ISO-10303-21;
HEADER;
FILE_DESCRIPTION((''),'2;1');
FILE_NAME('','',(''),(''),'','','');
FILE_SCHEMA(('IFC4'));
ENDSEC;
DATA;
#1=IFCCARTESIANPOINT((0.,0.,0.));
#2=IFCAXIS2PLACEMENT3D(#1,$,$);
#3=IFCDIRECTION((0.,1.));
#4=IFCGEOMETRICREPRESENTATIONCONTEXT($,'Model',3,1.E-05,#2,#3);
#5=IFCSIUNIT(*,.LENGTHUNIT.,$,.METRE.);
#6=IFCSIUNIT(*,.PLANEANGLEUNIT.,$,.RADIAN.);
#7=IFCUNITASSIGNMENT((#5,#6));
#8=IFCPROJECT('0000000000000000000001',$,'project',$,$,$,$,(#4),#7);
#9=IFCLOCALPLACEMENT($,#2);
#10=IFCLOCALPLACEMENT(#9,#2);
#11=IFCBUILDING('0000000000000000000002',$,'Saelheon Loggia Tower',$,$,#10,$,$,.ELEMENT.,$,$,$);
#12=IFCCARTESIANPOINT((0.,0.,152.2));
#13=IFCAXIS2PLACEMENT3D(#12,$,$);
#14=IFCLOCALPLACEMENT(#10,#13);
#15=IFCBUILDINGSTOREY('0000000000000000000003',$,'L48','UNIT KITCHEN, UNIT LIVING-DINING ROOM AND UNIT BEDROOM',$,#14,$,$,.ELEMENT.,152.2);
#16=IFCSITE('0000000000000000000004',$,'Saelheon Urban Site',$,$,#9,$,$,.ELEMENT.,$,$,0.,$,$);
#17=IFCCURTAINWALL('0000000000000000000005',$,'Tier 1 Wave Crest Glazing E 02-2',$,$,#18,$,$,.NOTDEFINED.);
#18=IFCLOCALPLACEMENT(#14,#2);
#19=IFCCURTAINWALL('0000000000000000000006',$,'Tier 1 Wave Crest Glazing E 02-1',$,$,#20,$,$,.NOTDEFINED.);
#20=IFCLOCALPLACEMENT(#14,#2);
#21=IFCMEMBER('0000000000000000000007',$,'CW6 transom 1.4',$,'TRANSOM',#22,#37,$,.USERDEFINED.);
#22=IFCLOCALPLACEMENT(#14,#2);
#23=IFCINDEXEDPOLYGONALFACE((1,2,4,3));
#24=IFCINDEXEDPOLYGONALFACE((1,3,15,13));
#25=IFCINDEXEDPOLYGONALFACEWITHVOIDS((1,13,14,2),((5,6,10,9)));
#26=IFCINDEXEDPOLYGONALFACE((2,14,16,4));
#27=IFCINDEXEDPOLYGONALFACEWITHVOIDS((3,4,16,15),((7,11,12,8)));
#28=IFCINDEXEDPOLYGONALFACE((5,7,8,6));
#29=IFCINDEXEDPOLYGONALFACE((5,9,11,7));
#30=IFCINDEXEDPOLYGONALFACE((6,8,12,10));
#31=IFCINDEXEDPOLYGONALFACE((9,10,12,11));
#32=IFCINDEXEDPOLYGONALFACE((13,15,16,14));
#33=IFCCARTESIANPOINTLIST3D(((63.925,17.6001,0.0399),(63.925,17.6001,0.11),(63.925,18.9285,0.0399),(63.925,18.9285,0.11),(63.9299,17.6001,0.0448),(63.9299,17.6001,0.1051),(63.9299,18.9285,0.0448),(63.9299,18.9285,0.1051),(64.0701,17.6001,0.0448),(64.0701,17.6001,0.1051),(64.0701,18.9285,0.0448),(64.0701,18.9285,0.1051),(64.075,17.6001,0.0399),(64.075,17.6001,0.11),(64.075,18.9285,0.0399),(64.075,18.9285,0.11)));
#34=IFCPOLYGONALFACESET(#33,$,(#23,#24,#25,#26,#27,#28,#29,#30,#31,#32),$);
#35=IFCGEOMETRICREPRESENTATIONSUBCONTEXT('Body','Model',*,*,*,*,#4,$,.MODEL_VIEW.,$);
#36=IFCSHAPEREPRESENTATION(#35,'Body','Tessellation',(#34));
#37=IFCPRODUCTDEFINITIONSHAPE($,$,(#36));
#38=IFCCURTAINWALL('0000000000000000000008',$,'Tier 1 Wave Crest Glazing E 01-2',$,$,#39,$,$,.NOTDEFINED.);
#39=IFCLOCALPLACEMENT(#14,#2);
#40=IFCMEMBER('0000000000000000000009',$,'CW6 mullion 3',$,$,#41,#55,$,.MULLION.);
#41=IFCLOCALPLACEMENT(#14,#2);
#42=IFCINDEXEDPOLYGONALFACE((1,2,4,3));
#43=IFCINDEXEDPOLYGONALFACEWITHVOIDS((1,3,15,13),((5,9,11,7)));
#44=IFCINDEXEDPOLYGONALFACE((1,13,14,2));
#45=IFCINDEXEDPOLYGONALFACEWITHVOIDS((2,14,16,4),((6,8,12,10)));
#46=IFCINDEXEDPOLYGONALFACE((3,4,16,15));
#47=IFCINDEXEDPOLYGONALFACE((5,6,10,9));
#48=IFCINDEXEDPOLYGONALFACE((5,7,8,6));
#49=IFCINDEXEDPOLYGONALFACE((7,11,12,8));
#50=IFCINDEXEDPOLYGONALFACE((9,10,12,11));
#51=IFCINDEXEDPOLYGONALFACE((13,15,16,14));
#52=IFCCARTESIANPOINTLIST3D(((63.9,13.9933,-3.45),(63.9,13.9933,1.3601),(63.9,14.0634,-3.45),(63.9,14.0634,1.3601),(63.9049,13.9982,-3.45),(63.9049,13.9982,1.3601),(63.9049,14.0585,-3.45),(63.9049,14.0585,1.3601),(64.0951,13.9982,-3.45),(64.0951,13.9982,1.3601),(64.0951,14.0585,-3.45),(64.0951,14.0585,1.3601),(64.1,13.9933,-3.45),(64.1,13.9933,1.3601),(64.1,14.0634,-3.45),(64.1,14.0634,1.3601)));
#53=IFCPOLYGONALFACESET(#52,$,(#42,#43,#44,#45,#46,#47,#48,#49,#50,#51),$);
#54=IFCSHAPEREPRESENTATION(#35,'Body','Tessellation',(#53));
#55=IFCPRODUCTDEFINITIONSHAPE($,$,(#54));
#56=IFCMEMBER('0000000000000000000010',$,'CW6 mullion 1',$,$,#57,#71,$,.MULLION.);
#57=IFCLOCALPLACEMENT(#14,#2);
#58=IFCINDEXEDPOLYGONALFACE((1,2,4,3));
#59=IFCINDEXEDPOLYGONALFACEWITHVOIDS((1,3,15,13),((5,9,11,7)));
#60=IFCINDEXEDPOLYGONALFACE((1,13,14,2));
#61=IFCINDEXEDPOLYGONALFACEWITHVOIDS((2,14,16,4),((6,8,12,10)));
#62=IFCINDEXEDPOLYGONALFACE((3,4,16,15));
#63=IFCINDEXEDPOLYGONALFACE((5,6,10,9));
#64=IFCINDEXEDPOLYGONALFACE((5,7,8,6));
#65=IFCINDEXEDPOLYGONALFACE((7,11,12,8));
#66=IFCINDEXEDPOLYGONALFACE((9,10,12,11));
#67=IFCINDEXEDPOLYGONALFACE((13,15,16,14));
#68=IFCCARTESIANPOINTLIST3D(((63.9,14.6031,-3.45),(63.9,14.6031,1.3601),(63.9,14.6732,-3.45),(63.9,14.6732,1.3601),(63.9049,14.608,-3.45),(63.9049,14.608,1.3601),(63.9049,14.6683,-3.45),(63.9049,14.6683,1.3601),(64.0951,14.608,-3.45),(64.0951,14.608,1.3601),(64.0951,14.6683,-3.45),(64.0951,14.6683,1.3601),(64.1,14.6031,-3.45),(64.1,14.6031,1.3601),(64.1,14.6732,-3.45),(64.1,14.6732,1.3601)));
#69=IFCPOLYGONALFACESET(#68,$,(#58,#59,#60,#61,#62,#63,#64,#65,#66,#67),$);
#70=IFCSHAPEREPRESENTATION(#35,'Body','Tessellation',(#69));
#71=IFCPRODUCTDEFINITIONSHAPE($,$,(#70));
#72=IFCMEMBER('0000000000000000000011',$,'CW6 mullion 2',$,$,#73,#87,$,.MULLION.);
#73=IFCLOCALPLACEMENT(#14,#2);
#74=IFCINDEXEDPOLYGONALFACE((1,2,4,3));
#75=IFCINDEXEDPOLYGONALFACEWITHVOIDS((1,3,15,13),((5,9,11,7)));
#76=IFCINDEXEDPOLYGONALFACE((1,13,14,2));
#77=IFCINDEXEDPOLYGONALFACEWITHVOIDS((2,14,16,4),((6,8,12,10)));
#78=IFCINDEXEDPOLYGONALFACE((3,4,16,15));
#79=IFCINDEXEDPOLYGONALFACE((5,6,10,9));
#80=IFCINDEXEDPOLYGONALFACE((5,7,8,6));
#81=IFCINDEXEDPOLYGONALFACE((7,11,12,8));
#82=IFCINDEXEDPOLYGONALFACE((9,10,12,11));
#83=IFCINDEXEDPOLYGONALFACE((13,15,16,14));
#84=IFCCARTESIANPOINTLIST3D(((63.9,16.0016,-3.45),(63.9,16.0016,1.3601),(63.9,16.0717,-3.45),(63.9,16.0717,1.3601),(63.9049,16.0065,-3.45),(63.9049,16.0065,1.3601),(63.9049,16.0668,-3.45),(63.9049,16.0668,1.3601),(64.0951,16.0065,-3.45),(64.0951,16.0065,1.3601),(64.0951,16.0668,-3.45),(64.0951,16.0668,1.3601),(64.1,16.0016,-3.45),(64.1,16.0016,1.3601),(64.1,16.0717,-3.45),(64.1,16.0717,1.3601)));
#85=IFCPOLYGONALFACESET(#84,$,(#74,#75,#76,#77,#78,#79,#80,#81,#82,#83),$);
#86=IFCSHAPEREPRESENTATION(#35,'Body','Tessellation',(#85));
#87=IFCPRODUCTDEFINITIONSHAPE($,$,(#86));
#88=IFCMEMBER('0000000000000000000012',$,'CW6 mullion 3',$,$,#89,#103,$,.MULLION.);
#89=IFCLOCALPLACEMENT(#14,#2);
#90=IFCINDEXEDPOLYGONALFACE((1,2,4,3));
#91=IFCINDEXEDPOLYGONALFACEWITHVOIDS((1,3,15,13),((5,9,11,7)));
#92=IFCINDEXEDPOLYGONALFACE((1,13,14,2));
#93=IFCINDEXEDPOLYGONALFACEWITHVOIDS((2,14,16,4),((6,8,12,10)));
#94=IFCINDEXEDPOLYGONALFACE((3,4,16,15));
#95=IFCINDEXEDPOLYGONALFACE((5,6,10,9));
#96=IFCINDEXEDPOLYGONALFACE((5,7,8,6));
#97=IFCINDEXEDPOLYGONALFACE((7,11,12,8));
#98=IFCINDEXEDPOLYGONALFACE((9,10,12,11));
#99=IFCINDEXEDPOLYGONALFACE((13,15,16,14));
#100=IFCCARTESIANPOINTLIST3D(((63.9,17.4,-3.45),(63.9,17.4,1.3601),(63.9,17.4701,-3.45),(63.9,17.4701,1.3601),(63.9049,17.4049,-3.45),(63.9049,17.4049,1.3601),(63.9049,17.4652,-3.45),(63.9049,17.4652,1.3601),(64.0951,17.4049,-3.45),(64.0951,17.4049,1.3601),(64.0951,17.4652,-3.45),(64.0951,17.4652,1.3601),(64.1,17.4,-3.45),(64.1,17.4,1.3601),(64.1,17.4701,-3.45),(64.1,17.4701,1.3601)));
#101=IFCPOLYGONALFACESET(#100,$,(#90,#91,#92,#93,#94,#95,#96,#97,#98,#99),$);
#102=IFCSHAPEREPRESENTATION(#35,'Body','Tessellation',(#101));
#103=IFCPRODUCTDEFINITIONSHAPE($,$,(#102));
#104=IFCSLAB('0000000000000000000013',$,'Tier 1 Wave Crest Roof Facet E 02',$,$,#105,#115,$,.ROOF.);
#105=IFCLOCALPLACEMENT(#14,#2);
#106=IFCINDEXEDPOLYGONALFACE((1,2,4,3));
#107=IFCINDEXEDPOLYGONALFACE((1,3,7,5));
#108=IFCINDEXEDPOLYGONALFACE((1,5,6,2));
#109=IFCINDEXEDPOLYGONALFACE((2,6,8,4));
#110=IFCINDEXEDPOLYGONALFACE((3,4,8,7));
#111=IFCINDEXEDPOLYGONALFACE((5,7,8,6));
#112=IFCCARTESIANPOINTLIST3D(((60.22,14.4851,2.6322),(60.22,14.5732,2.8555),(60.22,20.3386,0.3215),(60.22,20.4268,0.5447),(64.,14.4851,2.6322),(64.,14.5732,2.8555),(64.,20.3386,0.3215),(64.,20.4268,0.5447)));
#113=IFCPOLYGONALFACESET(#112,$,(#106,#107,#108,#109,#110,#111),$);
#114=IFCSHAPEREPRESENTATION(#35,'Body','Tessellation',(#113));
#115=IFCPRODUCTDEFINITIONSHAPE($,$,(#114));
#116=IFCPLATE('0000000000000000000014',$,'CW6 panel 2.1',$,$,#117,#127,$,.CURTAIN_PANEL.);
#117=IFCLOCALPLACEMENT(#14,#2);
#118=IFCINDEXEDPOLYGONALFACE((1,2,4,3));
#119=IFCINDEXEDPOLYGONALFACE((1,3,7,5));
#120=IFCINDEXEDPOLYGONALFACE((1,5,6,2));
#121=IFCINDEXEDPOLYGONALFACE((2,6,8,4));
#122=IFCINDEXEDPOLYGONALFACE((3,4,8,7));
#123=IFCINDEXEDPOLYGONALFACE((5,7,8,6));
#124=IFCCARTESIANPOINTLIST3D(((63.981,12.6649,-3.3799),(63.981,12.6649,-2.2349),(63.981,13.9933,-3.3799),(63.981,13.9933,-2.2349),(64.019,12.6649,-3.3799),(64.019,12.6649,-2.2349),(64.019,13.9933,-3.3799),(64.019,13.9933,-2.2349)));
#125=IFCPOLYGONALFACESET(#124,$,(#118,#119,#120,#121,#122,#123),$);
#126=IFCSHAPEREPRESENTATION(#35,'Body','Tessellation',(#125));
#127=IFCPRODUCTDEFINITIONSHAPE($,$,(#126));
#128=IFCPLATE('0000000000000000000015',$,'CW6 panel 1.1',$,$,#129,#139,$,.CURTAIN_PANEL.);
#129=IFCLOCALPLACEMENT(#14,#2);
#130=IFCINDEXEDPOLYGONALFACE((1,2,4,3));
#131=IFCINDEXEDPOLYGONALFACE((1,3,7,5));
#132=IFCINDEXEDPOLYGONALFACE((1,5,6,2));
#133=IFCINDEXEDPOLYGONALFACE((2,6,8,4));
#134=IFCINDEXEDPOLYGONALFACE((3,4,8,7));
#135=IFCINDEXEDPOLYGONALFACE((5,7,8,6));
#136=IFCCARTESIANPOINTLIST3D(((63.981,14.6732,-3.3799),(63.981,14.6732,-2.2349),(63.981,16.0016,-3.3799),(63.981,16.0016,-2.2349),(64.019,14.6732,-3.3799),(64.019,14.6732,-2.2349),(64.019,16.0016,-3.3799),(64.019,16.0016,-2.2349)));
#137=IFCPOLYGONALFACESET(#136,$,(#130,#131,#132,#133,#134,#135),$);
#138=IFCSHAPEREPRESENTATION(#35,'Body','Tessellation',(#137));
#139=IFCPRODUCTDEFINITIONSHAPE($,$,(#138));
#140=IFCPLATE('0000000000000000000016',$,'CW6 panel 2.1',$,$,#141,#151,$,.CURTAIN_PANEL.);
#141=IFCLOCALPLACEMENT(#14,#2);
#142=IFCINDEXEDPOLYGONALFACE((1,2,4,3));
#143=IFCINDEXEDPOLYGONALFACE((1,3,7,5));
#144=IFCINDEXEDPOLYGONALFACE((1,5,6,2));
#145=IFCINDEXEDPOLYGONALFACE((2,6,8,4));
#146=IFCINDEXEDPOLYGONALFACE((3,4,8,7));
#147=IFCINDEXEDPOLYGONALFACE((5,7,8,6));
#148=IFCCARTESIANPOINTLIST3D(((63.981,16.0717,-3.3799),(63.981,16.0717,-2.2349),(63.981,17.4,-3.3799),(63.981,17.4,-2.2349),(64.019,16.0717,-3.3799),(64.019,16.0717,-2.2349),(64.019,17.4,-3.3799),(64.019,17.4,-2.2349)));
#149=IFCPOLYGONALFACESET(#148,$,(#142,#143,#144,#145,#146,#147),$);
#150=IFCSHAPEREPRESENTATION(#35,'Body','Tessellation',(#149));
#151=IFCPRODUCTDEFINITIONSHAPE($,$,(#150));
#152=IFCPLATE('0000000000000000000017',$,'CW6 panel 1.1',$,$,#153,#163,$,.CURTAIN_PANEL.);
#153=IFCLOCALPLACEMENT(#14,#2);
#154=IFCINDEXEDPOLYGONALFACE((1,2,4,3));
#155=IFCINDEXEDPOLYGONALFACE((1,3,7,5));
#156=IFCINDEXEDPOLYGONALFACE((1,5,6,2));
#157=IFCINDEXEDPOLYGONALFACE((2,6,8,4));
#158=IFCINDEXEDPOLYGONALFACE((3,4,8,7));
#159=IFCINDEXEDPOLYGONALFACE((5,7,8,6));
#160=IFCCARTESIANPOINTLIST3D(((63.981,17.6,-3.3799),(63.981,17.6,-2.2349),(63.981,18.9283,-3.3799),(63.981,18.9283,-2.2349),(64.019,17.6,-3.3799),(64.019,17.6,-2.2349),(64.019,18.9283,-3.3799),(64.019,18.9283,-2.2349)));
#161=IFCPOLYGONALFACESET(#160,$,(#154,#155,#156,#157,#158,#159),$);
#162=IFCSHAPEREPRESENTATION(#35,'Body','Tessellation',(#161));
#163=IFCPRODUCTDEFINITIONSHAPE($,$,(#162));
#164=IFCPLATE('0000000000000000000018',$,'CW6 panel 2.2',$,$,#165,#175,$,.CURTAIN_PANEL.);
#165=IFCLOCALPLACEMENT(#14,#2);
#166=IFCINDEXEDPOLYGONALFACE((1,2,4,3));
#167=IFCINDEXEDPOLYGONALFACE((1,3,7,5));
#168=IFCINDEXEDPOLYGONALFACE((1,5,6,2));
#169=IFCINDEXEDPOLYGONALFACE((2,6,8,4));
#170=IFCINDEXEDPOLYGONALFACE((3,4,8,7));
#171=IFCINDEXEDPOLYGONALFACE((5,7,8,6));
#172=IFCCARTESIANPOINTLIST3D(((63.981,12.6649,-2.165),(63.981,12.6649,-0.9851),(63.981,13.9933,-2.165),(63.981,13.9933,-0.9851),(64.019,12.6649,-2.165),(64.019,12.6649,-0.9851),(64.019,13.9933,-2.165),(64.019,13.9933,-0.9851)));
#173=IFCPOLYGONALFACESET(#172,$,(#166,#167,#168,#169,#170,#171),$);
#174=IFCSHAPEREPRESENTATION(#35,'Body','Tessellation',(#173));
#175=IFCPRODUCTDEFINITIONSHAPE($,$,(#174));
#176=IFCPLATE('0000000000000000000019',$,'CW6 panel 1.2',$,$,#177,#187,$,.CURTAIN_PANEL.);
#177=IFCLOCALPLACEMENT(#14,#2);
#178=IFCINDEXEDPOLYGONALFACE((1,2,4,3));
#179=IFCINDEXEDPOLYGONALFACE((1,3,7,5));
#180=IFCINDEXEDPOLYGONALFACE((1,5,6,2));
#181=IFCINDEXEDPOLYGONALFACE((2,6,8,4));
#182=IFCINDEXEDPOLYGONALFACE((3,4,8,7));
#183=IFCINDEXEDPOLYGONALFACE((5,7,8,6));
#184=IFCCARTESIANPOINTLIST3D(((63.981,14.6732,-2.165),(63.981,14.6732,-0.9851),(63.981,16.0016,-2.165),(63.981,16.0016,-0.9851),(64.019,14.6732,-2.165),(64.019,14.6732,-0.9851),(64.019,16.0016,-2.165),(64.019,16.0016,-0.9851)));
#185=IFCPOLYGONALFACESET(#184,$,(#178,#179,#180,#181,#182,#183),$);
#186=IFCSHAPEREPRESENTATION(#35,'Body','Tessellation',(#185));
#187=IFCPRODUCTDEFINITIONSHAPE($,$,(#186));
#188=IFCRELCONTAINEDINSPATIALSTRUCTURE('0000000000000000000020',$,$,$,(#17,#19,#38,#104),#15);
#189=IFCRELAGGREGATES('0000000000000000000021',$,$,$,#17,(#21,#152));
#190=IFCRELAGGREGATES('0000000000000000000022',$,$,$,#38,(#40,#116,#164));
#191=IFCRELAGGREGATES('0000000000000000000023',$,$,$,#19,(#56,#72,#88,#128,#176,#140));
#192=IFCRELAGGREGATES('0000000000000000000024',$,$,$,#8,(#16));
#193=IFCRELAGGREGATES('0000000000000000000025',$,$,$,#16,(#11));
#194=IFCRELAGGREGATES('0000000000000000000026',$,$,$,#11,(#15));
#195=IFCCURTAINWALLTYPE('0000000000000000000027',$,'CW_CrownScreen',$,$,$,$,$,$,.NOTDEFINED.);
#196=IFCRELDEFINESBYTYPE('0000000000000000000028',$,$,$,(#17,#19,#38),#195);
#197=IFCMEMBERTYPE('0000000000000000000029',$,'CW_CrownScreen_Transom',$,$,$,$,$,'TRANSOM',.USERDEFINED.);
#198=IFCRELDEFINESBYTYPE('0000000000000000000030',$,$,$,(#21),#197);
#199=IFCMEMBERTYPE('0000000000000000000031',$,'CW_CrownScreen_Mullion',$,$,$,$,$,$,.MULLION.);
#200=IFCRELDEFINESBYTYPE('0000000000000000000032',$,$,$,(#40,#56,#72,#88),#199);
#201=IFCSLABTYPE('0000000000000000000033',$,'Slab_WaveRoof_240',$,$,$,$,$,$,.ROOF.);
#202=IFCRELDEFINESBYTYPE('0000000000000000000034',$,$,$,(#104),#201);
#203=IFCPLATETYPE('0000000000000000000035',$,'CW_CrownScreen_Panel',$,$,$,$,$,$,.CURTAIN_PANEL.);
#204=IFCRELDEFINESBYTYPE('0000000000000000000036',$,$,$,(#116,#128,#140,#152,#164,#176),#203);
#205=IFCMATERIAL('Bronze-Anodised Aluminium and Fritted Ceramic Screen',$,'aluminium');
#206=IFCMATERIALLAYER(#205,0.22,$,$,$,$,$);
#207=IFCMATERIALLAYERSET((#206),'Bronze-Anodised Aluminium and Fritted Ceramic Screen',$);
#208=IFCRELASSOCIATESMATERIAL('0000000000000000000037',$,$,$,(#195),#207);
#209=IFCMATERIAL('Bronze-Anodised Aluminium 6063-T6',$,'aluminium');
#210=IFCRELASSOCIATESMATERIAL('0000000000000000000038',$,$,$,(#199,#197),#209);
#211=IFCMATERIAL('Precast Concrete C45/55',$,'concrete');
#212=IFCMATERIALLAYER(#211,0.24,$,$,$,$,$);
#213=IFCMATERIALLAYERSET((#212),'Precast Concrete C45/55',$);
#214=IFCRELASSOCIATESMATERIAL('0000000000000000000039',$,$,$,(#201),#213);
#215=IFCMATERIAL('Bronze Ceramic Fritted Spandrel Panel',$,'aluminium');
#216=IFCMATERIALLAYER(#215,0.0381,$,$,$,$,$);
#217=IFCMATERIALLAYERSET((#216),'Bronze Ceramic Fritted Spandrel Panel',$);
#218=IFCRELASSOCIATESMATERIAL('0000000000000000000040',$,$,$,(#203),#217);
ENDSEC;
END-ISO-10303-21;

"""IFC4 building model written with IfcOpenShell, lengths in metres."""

from ifc_helpers import new_model, si_unit, direction, frame, origin, origin_2d, place, context, subcontext, project, spatial, polyline, rectangle, hollow_rectangle, outline, extrude, source, transform, mapped, material, layer, layer_set, material_profile, profile_set, type_object, element, aggregate, save


model = new_model("IFC4")

# Units and contexts
model_context = context("Model", 3, precision=1e-05, world=origin(), true_north=direction((0.0, 1.0)))
body_context = subcontext(model_context, "Body", "Model", "MODEL_VIEW")
ifc_project = project(units=[si_unit("LENGTHUNIT", "METRE"), si_unit("PLANEANGLEUNIT", "RADIAN")], contexts=[model_context])

# Site, building, storey
site_placement = place(None, origin())
site = spatial("IfcSite", under=ifc_project, at=site_placement, Name="Saelheon Urban Site", CompositionType="ELEMENT", RefElevation=0.0)
building_placement = place(site_placement, origin())
building = spatial("IfcBuilding", under=site, at=building_placement, Name="Saelheon Loggia Tower", CompositionType="ELEMENT")
storey_placement = place(building_placement, frame((0.0, 0.0, 152.2)))
storey = spatial("IfcBuildingStorey", under=building, at=storey_placement, Name="L48", Description="UNIT KITCHEN, UNIT LIVING-DINING ROOM AND UNIT BEDROOM", CompositionType="ELEMENT", Elevation=152.2)

# Curtain wall
ifc_material_1 = material(Name="Bronze-Anodised Aluminium and Fritted Ceramic Screen", Category="aluminium")
ifc_layer_1 = layer(ifc_material_1, 0.22)
ifc_layer_set_1 = layer_set([ifc_layer_1], Name="Bronze-Anodised Aluminium and Fritted Ceramic Screen")
curtain_wall_type = type_object("IfcCurtainWallType", Name="CW_CrownScreen", PredefinedType="NOTDEFINED", material=ifc_layer_set_1)
curtain_wall_1_placement = place(storey_placement, origin())
curtain_wall_1 = element("IfcCurtainWall", 1, at=curtain_wall_1_placement, inside=storey, type_object=curtain_wall_type, Name="Tier 1 Wave Crest Glazing E 02-2", PredefinedType="NOTDEFINED")
ifc_material_2 = material(Name="Bronze-Anodised Aluminium 6063-T6", Category="aluminium")
ifc_material_profile_1 = material_profile(ifc_material_2, hollow_rectangle(XDim=0.0701, YDim=0.2, WallThickness=0.0049, at=origin_2d()), Name="RHS-200x70x5")
ifc_profile_set_1 = profile_set([ifc_material_profile_1], Name="Bronze-Anodised Aluminium 6063-T6")
member_type_1 = type_object("IfcMemberType", Name="CW_CrownScreen_Mullion", PredefinedType="MULLION", material=ifc_profile_set_1)

# Curtain wall
curtain_wall_2_placement = place(storey_placement, origin())
curtain_wall_2 = element("IfcCurtainWall", 2, at=curtain_wall_2_placement, inside=storey, type_object=curtain_wall_type, Name="Tier 1 Wave Crest Glazing E 02-1", PredefinedType="NOTDEFINED")
ifc_material_profile_2 = material_profile(ifc_material_2, hollow_rectangle(XDim=0.0701, YDim=0.1499, WallThickness=0.0049, at=origin_2d()), Name="RHS-150x70x5")
ifc_profile_set_2 = profile_set([ifc_material_profile_2], Name="Bronze-Anodised Aluminium 6063-T6")
member_type_2 = type_object("IfcMemberType", Name="CW_CrownScreen_Transom", ElementType="TRANSOM", PredefinedType="USERDEFINED", material=ifc_profile_set_2)
shared_shape_1 = source(origin(), body_context, "Body", "SweptSolid", [
    extrude(hollow_rectangle(XDim=0.0701, YDim=0.1499, WallThickness=0.0049, at=origin_2d()), origin(), (0.0, 0.0, 1.0), 1.3284),
])

# Member
member_1_placement = place(storey_placement, frame((64.0, 17.6001, 0.075), z_axis=(0.0, 1.0, 0.0), x_axis=(0.0, 0.0, 1.0)))
member_1 = element("IfcMember", 3, at=member_1_placement, type_object=member_type_2, Name="CW6 transom 1.4", ObjectType="TRANSOM", PredefinedType="USERDEFINED", context=body_context, shape_type="MappedRepresentation", body=[
    mapped(shared_shape_1, transform((0.0, 0.0, 0.0), scale=1.0)),
])

# Curtain wall, member
curtain_wall_3_placement = place(storey_placement, origin())
curtain_wall_3 = element("IfcCurtainWall", 4, at=curtain_wall_3_placement, inside=storey, type_object=curtain_wall_type, Name="Tier 1 Wave Crest Glazing E 01-2", PredefinedType="NOTDEFINED")
shared_shape_2 = source(origin(), body_context, "Body", "SweptSolid", [
    extrude(hollow_rectangle(XDim=0.0701, YDim=0.2, WallThickness=0.0049, at=origin_2d()), origin(), (0.0, 0.0, 1.0), 4.8101),
])
member_2_placement = place(storey_placement, frame((64.0, 14.0283, -3.45), z_axis=(0.0, 0.0, 1.0), x_axis=(0.0, 1.0, 0.0)))
member_2 = element("IfcMember", 5, at=member_2_placement, type_object=member_type_1, Name="CW6 mullion 3", PredefinedType="MULLION", context=body_context, shape_type="MappedRepresentation", body=[
    mapped(shared_shape_2, transform((0.0, 0.0, 0.0), scale=1.0)),
])

# Members
member_3_placement = place(storey_placement, frame((64.0, 14.6382, -3.45), z_axis=(0.0, 0.0, 1.0), x_axis=(0.0, 1.0, 0.0)))
member_3 = element("IfcMember", 6, at=member_3_placement, type_object=member_type_1, Name="CW6 mullion 1", PredefinedType="MULLION", context=body_context, shape_type="MappedRepresentation", body=[
    mapped(shared_shape_2, transform((0.0, 0.0, 0.0), scale=1.0)),
])
member_4_placement = place(storey_placement, frame((64.0, 16.0366, -3.45), z_axis=(0.0, 0.0, 1.0), x_axis=(0.0, 1.0, 0.0)))
member_4 = element("IfcMember", 7, at=member_4_placement, type_object=member_type_1, Name="CW6 mullion 2", PredefinedType="MULLION", context=body_context, shape_type="MappedRepresentation", body=[
    mapped(shared_shape_2, transform((0.0, 0.0, 0.0), scale=1.0)),
])
member_5_placement = place(storey_placement, frame((64.0, 17.4351, -3.45), z_axis=(0.0, 0.0, 1.0), x_axis=(0.0, 1.0, 0.0)))
member_5 = element("IfcMember", 8, at=member_5_placement, type_object=member_type_1, Name="CW6 mullion 3", PredefinedType="MULLION", context=body_context, shape_type="MappedRepresentation", body=[
    mapped(shared_shape_2, transform((0.0, 0.0, 0.0), scale=1.0)),
])

# Slab
ifc_material_3 = material(Name="Precast Concrete C45/55", Category="concrete")
ifc_layer_2 = layer(ifc_material_3, 0.24)
ifc_layer_set_2 = layer_set([ifc_layer_2], Name="Precast Concrete C45/55")
slab_type = type_object("IfcSlabType", Name="Slab_WaveRoof_240", PredefinedType="ROOF", material=ifc_layer_set_2)
slab_placement = place(storey_placement, frame((60.22, 14.5732, 2.8555), z_axis=(0.0, 0.367193, 0.930145), x_axis=(1.0, 0.0, 0.0)))
element("IfcSlab", 9, at=slab_placement, inside=storey, type_object=slab_type, Name="Tier 1 Wave Crest Roof Facet E 02", PredefinedType="ROOF", context=body_context, shape_type="SweptSolid", body=[
    extrude(outline(polyline([(0.0, 0.0), (3.78, 0.0), (3.78, 6.2931), (0.0, 6.2931), (0.0, 0.0)])), origin(), (0.0, 0.0, -1.0), 0.24),
])

# Plates
ifc_material_4 = material(Name="Bronze Ceramic Fritted Spandrel Panel", Category="aluminium")
ifc_layer_3 = layer(ifc_material_4, 0.0381)
ifc_layer_set_3 = layer_set([ifc_layer_3], Name="Bronze Ceramic Fritted Spandrel Panel")
plate_type = type_object("IfcPlateType", Name="CW_CrownScreen_Panel", PredefinedType="CURTAIN_PANEL", material=ifc_layer_set_3)
shared_shape_3 = source(origin(), body_context, "Body", "SweptSolid", [
    extrude(rectangle(XDim=1.3284, YDim=0.0381, at=origin_2d()), origin(), (0.0, 0.0, 1.0), 1.145),
])
plate_1_placement = place(storey_placement, frame((64.0, 13.3291, -3.3799), z_axis=(0.0, 0.0, 1.0), x_axis=(0.0, 1.0, 0.0)))
plate_1 = element("IfcPlate", 10, at=plate_1_placement, type_object=plate_type, Name="CW6 panel 2.1", PredefinedType="CURTAIN_PANEL", context=body_context, shape_type="MappedRepresentation", body=[
    mapped(shared_shape_3, transform((0.0, 0.0, 0.0), scale=1.0)),
])
plate_2_placement = place(storey_placement, frame((64.0, 15.3374, -3.3799), z_axis=(0.0, 0.0, 1.0), x_axis=(0.0, 1.0, 0.0)))
plate_2 = element("IfcPlate", 11, at=plate_2_placement, type_object=plate_type, Name="CW6 panel 1.1", PredefinedType="CURTAIN_PANEL", context=body_context, shape_type="MappedRepresentation", body=[
    mapped(shared_shape_3, transform((0.0, 0.0, 0.0), scale=1.0)),
])
plate_3_placement = place(storey_placement, frame((64.0, 16.7358, -3.3799), z_axis=(0.0, 0.0, 1.0), x_axis=(0.0, 1.0, 0.0)))
plate_3 = element("IfcPlate", 12, at=plate_3_placement, type_object=plate_type, Name="CW6 panel 2.1", PredefinedType="CURTAIN_PANEL", context=body_context, shape_type="MappedRepresentation", body=[
    mapped(shared_shape_3, transform((0.0, 0.0, 0.0), scale=1.0)),
])
plate_4_placement = place(storey_placement, frame((64.0, 18.2642, -3.3799), z_axis=(0.0, 0.0, 1.0), x_axis=(0.0, 1.0, 0.0)))
plate_4 = element("IfcPlate", 13, at=plate_4_placement, type_object=plate_type, Name="CW6 panel 1.1", PredefinedType="CURTAIN_PANEL", context=body_context, shape_type="MappedRepresentation", body=[
    mapped(shared_shape_3, transform((0.0, 0.0, 0.0), scale=1.0)),
])
shared_shape_4 = source(origin(), body_context, "Body", "SweptSolid", [
    extrude(rectangle(XDim=1.3284, YDim=0.0381, at=origin_2d()), origin(), (0.0, 0.0, 1.0), 1.1799),
])
plate_5_placement = place(storey_placement, frame((64.0, 13.3291, -2.165), z_axis=(0.0, 0.0, 1.0), x_axis=(0.0, 1.0, 0.0)))
plate_5 = element("IfcPlate", 14, at=plate_5_placement, type_object=plate_type, Name="CW6 panel 2.2", PredefinedType="CURTAIN_PANEL", context=body_context, shape_type="MappedRepresentation", body=[
    mapped(shared_shape_4, transform((0.0, 0.0, 0.0), scale=1.0)),
])
plate_6_placement = place(storey_placement, frame((64.0, 15.3374, -2.165), z_axis=(0.0, 0.0, 1.0), x_axis=(0.0, 1.0, 0.0)))
plate_6 = element("IfcPlate", 15, at=plate_6_placement, type_object=plate_type, Name="CW6 panel 1.2", PredefinedType="CURTAIN_PANEL", context=body_context, shape_type="MappedRepresentation", body=[
    mapped(shared_shape_4, transform((0.0, 0.0, 0.0), scale=1.0)),
])
aggregate(curtain_wall_1, [member_1, plate_4])
aggregate(curtain_wall_3, [member_2, plate_1, plate_5])
aggregate(curtain_wall_2, [member_3, member_4, member_5, plate_2, plate_6, plate_3])

save(model, "model.ifc")
